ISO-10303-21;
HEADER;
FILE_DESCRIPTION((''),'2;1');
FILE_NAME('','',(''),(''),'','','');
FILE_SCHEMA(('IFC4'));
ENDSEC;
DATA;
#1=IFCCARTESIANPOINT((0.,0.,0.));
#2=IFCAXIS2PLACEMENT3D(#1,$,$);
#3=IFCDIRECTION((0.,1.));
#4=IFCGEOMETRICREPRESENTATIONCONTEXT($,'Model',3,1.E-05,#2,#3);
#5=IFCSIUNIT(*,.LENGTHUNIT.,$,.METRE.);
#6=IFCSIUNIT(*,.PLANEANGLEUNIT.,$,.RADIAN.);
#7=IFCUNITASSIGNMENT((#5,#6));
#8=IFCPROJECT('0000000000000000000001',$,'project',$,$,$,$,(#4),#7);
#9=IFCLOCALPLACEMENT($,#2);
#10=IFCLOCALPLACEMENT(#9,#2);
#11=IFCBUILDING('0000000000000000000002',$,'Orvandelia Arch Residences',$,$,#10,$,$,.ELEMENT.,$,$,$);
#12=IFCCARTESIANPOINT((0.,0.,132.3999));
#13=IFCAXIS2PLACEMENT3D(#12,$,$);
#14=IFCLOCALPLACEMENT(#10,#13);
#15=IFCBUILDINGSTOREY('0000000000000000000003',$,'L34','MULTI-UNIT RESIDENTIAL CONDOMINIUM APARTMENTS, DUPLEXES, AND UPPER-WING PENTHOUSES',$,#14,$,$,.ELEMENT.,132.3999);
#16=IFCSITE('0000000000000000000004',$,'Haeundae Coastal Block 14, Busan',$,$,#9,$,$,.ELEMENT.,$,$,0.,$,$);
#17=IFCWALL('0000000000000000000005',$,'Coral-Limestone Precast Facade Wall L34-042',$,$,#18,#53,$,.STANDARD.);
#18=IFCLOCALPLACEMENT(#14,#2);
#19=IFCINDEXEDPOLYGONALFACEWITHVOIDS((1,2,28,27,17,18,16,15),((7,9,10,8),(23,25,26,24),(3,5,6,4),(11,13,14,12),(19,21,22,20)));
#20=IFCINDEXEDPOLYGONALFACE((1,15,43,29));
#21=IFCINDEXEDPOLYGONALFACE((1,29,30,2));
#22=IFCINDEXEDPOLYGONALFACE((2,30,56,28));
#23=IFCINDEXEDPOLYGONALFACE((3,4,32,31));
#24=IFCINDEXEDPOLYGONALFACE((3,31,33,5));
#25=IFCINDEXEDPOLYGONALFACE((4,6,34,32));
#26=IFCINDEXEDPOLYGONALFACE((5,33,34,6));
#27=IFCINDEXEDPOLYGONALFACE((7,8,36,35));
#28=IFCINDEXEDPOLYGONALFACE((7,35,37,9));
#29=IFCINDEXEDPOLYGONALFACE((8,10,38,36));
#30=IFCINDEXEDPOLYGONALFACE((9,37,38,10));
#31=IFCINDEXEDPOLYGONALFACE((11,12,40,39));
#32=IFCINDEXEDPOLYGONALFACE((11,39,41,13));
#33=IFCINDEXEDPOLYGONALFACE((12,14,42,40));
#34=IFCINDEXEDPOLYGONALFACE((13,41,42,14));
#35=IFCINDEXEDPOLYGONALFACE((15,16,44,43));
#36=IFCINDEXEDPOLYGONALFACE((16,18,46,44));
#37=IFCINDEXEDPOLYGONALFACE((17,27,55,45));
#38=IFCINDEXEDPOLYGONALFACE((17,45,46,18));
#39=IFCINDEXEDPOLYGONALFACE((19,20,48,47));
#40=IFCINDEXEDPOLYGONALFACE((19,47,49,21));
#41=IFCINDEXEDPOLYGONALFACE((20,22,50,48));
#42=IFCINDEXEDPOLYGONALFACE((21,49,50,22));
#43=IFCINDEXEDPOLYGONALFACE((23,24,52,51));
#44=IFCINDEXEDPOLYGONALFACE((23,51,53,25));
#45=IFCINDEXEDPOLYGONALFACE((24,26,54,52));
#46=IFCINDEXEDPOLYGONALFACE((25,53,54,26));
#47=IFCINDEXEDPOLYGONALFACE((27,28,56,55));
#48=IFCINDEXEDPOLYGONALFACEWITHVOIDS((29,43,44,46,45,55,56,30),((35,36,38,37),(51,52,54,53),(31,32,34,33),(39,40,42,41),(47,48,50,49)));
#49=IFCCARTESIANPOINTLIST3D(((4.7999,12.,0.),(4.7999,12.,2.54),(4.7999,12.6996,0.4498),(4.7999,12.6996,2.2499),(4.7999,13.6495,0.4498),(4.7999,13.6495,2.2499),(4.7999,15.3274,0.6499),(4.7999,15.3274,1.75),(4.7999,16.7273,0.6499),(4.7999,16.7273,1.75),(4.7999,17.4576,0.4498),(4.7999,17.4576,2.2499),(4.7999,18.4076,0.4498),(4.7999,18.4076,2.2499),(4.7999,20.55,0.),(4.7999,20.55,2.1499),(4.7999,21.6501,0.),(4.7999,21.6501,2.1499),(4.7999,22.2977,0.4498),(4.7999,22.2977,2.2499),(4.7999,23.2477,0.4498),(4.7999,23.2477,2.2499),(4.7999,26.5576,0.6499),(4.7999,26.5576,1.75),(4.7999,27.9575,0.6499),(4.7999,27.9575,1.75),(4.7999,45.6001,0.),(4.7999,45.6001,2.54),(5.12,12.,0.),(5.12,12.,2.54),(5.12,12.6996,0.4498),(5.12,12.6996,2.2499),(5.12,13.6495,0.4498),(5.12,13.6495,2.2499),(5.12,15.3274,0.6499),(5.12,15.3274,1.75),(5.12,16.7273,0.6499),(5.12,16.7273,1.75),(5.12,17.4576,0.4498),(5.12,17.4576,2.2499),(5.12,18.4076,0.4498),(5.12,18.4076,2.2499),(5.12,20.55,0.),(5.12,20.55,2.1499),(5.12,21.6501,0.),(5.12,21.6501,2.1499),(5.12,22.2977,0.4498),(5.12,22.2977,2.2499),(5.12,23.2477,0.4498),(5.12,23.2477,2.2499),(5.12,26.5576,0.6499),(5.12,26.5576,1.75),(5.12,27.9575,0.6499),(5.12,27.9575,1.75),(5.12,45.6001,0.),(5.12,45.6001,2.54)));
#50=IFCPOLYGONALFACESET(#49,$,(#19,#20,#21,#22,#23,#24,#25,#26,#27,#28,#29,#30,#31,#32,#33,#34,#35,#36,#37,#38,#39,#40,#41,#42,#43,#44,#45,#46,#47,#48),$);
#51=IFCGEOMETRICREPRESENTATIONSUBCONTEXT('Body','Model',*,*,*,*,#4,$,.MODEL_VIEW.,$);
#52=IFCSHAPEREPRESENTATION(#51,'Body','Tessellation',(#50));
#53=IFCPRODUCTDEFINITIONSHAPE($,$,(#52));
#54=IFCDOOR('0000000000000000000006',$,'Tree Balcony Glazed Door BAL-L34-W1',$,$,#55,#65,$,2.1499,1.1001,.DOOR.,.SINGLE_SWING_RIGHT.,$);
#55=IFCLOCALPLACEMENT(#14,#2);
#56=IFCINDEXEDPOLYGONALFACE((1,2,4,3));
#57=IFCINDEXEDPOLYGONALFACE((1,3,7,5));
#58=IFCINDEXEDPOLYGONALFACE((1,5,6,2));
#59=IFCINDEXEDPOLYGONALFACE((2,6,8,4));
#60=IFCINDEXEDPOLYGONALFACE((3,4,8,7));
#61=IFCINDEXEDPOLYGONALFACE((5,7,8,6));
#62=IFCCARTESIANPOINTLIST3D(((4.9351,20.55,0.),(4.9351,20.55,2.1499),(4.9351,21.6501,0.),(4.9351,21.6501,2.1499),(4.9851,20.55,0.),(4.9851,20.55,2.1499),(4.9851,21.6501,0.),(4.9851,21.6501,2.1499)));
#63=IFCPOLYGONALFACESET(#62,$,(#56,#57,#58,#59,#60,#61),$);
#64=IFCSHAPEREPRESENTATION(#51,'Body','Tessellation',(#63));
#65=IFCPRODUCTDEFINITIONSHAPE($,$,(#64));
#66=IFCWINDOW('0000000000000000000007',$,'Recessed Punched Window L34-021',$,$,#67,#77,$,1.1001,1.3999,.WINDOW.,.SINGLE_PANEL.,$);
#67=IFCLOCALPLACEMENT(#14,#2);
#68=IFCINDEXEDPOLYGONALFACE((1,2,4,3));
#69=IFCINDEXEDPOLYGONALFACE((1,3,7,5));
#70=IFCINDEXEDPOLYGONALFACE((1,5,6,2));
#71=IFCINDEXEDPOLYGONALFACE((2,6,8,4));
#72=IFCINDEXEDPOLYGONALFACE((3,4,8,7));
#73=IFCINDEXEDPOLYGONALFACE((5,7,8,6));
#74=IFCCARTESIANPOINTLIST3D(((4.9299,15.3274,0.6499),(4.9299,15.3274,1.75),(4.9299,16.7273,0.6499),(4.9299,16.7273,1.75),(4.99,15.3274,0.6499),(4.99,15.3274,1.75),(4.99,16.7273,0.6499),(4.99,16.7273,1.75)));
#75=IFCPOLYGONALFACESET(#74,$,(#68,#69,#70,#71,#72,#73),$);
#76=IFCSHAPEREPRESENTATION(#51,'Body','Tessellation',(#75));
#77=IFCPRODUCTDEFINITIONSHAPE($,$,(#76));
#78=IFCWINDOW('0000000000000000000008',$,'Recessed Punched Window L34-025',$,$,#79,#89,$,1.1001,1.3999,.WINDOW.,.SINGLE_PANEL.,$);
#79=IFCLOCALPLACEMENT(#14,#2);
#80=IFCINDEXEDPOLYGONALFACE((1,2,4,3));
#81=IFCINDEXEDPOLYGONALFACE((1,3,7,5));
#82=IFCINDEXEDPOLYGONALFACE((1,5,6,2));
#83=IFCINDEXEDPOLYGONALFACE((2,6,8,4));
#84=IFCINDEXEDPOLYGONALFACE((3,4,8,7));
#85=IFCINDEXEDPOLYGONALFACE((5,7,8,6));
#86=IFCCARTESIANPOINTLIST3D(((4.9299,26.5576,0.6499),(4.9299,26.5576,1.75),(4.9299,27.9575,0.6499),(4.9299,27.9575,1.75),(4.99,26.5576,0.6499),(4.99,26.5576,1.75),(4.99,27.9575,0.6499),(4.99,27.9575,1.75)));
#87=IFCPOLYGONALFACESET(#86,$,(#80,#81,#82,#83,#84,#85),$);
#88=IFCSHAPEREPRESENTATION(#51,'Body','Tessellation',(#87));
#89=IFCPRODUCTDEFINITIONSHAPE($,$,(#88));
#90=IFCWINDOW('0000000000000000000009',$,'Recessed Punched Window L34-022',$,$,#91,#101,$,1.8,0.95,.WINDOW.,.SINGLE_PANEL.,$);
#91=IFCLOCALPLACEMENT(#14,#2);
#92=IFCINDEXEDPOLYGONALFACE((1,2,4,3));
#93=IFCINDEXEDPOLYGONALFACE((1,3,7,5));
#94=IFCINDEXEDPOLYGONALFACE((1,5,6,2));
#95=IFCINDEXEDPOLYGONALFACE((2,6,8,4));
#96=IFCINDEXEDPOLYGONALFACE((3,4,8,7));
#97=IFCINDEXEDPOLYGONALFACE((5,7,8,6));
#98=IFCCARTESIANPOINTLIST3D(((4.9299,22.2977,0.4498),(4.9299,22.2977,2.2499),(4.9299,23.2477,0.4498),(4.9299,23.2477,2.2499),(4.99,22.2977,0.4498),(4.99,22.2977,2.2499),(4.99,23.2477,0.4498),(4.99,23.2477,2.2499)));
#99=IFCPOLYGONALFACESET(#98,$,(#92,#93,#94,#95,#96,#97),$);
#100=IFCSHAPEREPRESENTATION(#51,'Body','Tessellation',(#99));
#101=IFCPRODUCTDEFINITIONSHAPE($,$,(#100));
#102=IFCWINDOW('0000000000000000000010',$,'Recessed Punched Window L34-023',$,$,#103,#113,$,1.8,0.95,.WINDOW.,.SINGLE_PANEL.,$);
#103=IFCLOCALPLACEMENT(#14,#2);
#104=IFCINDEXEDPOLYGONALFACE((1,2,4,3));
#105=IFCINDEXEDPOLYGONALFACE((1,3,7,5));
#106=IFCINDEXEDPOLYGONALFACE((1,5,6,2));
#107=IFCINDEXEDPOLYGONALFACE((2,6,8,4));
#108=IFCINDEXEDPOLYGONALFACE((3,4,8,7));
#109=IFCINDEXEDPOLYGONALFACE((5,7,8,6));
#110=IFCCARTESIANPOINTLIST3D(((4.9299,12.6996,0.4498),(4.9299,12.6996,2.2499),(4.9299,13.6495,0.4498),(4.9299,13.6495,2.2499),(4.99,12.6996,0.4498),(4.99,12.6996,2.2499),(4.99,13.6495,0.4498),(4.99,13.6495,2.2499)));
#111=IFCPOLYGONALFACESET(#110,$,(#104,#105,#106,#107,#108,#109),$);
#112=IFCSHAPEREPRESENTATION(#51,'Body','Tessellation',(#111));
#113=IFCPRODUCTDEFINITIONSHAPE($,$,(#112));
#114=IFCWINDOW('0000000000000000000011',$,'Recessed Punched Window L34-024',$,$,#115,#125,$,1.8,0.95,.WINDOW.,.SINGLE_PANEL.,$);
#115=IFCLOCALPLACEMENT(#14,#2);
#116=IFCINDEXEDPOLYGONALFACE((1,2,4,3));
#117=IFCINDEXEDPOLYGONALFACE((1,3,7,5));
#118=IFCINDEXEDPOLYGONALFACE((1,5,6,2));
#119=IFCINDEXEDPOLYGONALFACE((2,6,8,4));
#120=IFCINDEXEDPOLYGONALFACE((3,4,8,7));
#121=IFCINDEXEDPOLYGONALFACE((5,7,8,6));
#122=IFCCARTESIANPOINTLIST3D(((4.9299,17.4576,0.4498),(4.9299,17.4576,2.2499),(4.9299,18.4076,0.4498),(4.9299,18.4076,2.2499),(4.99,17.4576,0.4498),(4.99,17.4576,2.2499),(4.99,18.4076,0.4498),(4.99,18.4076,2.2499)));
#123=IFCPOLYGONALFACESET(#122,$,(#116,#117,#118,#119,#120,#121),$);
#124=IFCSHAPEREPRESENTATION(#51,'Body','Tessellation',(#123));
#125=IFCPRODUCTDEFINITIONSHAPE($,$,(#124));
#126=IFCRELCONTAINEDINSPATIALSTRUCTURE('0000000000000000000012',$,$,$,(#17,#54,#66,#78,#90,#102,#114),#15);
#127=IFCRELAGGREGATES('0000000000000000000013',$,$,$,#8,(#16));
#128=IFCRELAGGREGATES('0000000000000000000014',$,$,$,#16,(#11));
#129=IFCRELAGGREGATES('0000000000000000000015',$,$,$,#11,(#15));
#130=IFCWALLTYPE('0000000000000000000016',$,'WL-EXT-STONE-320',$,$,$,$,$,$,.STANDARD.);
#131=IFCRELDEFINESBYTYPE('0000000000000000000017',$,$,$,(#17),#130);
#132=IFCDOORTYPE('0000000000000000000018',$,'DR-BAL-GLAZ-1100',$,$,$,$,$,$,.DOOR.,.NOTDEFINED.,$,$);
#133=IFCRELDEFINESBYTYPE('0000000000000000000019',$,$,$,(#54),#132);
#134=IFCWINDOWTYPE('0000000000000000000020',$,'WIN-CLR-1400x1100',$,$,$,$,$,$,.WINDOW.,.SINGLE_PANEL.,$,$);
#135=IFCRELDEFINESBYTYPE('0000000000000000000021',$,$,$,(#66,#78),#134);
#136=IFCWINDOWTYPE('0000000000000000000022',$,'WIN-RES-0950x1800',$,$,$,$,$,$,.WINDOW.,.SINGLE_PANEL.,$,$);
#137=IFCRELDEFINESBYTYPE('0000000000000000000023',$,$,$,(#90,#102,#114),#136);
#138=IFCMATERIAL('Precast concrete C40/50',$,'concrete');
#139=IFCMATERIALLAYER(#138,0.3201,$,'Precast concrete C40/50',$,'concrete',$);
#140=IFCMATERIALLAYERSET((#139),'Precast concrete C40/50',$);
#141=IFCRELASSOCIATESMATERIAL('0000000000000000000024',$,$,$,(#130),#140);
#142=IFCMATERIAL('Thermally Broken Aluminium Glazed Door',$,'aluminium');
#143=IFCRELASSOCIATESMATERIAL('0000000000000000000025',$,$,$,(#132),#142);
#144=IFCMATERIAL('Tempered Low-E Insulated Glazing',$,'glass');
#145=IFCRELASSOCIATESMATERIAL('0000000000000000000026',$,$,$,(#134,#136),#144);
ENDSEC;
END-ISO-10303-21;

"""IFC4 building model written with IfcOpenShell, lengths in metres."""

from ifc_helpers import new_model, si_unit, direction, frame, frame_2d, origin, place, context, subcontext, project, spatial, rectangle, extrude, material, layer, layer_set, type_object, element, fill, save


model = new_model("IFC4")

# Units and contexts
model_context = context("Model", 3, precision=1e-05, world=origin(), true_north=direction((0.0, 1.0)))
body_context = subcontext(model_context, "Body", "Model", "MODEL_VIEW")
ifc_project = project(units=[si_unit("LENGTHUNIT", "METRE"), si_unit("PLANEANGLEUNIT", "RADIAN")], contexts=[model_context])

# Site, building, storey
site_placement = place(None, origin())
site = spatial("IfcSite", under=ifc_project, at=site_placement, Name="Haeundae Coastal Block 14, Busan", CompositionType="ELEMENT", RefElevation=0.0)
building_placement = place(site_placement, origin())
building = spatial("IfcBuilding", under=site, at=building_placement, Name="Orvandelia Arch Residences", CompositionType="ELEMENT")
storey_placement = place(building_placement, frame((0.0, 0.0, 132.3999)))
storey = spatial("IfcBuildingStorey", under=building, at=storey_placement, Name="L34", Description="MULTI-UNIT RESIDENTIAL CONDOMINIUM APARTMENTS, DUPLEXES, AND UPPER-WING PENTHOUSES", CompositionType="ELEMENT", Elevation=132.3999)

# Shared definitions
ifc_material_1 = material(Name="Precast concrete C40/50", Category="concrete")

# Shared definitions
ifc_layer_1 = layer(ifc_material_1, 0.3201, Name="Precast concrete C40/50", Category="concrete")
ifc_layer_set_1 = layer_set([ifc_layer_1], Name="Precast concrete C40/50")
wall_type_1 = type_object("IfcWallType", Name="WL-EXT-STONE-320", PredefinedType="STANDARD", material=ifc_layer_set_1)

# Wall, openings, door, windows
wall_1_placement = place(storey_placement, frame((4.96, 12.0, 0.0), z_axis=(0.0, 0.0, 1.0), x_axis=(0.0, 1.0, 0.0)))
wall_1 = element("IfcWall", 1, at=wall_1_placement, inside=storey, type_object=wall_type_1, Name="Coral-Limestone Precast Facade Wall L34-042", PredefinedType="STANDARD", context=body_context, shape_type="SweptSolid", body=[
    extrude(rectangle(XDim=33.6001, YDim=0.3201, at=frame_2d((16.8, 0.0))), origin(), (0.0, 0.0, 1.0), 2.54),
])
opening_1_placement = place(wall_1_placement, frame((8.55, 0.0, 0.0)))
opening_1 = element("IfcOpeningElement", 2, at=opening_1_placement, cuts=wall_1, PredefinedType="OPENING", context=body_context, shape_type="SweptSolid", body=[
    extrude(rectangle(XDim=1.1001, YDim=2.1499, at=frame_2d((0.55, 1.075))), frame((0.0, 0.1699, 0.0), z_axis=(0.0, -1.0, 0.0), x_axis=(1.0, 0.0, 0.0)), (0.0, 0.0, 1.0), 0.3401),
])
opening_2_placement = place(wall_1_placement, frame((3.3274, 0.0, 0.6499)))
opening_2 = element("IfcOpeningElement", 3, at=opening_2_placement, cuts=wall_1, PredefinedType="OPENING", context=body_context, shape_type="SweptSolid", body=[
    extrude(rectangle(XDim=1.3999, YDim=1.1001, at=frame_2d((0.7, 0.55))), frame((0.0, 0.1699, 0.0), z_axis=(0.0, -1.0, 0.0), x_axis=(1.0, 0.0, 0.0)), (0.0, 0.0, 1.0), 0.3401),
])
opening_3_placement = place(wall_1_placement, frame((10.2976, 0.0, 0.45)))
opening_3 = element("IfcOpeningElement", 4, at=opening_3_placement, cuts=wall_1, PredefinedType="OPENING", context=body_context, shape_type="SweptSolid", body=[
    extrude(rectangle(XDim=0.95, YDim=1.8, at=frame_2d((0.4751, 0.8999))), frame((0.0, 0.1699, 0.0), z_axis=(0.0, -1.0, 0.0), x_axis=(1.0, 0.0, 0.0)), (0.0, 0.0, 1.0), 0.3401),
])
opening_4_placement = place(wall_1_placement, frame((0.6995, 0.0, 0.45)))
opening_4 = element("IfcOpeningElement", 5, at=opening_4_placement, cuts=wall_1, PredefinedType="OPENING", context=body_context, shape_type="SweptSolid", body=[
    extrude(rectangle(XDim=0.95, YDim=1.8, at=frame_2d((0.4751, 0.8999))), frame((0.0, 0.1699, 0.0), z_axis=(0.0, -1.0, 0.0), x_axis=(1.0, 0.0, 0.0)), (0.0, 0.0, 1.0), 0.3401),
])
opening_5_placement = place(wall_1_placement, frame((5.4575, 0.0, 0.45)))
opening_5 = element("IfcOpeningElement", 6, at=opening_5_placement, cuts=wall_1, PredefinedType="OPENING", context=body_context, shape_type="SweptSolid", body=[
    extrude(rectangle(XDim=0.95, YDim=1.8, at=frame_2d((0.4751, 0.8999))), frame((0.0, 0.1699, 0.0), z_axis=(0.0, -1.0, 0.0), x_axis=(1.0, 0.0, 0.0)), (0.0, 0.0, 1.0), 0.3401),
])
opening_6_placement = place(wall_1_placement, frame((14.5576, 0.0, 0.6499)))
opening_6 = element("IfcOpeningElement", 7, at=opening_6_placement, cuts=wall_1, PredefinedType="OPENING", context=body_context, shape_type="SweptSolid", body=[
    extrude(rectangle(XDim=1.3999, YDim=1.1001, at=frame_2d((0.7, 0.55))), frame((0.0, 0.1699, 0.0), z_axis=(0.0, -1.0, 0.0), x_axis=(1.0, 0.0, 0.0)), (0.0, 0.0, 1.0), 0.3401),
])
ifc_material_2 = material(Name="Thermally Broken Aluminium Glazed Door", Category="aluminium")
door_type_1 = type_object("IfcDoorType", Name="DR-BAL-GLAZ-1100", OperationType="NOTDEFINED", PredefinedType="DOOR", material=ifc_material_2)
door_1_placement = place(opening_1_placement, origin())
door_1 = element("IfcDoor", 8, at=door_1_placement, inside=storey, type_object=door_type_1, Name="Tree Balcony Glazed Door BAL-L34-W1", OperationType="SINGLE_SWING_RIGHT", OverallHeight=2.1499, OverallWidth=1.1001, PredefinedType="DOOR", context=body_context, shape_type="SweptSolid", body=[
    extrude(rectangle(XDim=1.1001, YDim=2.1499, at=frame_2d((0.55, 1.075))), frame((0.0, 0.0249, 0.0), z_axis=(0.0, -1.0, 0.0), x_axis=(1.0, 0.0, 0.0)), (0.0, 0.0, 1.0), 0.05),
])
fill(opening_1, door_1)
ifc_material_3 = material(Name="Tempered Low-E Insulated Glazing", Category="glass")
window_type_1 = type_object("IfcWindowType", Name="WIN-CLR-1400x1100", PartitioningType="SINGLE_PANEL", PredefinedType="WINDOW", material=ifc_material_3)
window_1_placement = place(opening_2_placement, origin())
window_1 = element("IfcWindow", 9, at=window_1_placement, inside=storey, type_object=window_type_1, Name="Recessed Punched Window L34-021", OverallHeight=1.1001, OverallWidth=1.3999, PartitioningType="SINGLE_PANEL", PredefinedType="WINDOW", context=body_context, shape_type="SweptSolid", body=[
    extrude(rectangle(XDim=1.3999, YDim=1.1001, at=frame_2d((0.7, 0.55))), frame((0.0, 0.03, 0.0), z_axis=(0.0, -1.0, 0.0), x_axis=(1.0, 0.0, 0.0)), (0.0, 0.0, 1.0), 0.0601),
])
fill(opening_2, window_1)
window_2_placement = place(opening_6_placement, origin())
window_2 = element("IfcWindow", 10, at=window_2_placement, inside=storey, type_object=window_type_1, Name="Recessed Punched Window L34-025", OverallHeight=1.1001, OverallWidth=1.3999, PartitioningType="SINGLE_PANEL", PredefinedType="WINDOW", context=body_context, shape_type="SweptSolid", body=[
    extrude(rectangle(XDim=1.3999, YDim=1.1001, at=frame_2d((0.7, 0.55))), frame((0.0, 0.03, 0.0), z_axis=(0.0, -1.0, 0.0), x_axis=(1.0, 0.0, 0.0)), (0.0, 0.0, 1.0), 0.0601),
])
fill(opening_6, window_2)
window_type_2 = type_object("IfcWindowType", Name="WIN-RES-0950x1800", PartitioningType="SINGLE_PANEL", PredefinedType="WINDOW", material=ifc_material_3)
window_3_placement = place(opening_3_placement, origin())
window_3 = element("IfcWindow", 11, at=window_3_placement, inside=storey, type_object=window_type_2, Name="Recessed Punched Window L34-022", OverallHeight=1.8, OverallWidth=0.95, PartitioningType="SINGLE_PANEL", PredefinedType="WINDOW", context=body_context, shape_type="SweptSolid", body=[
    extrude(rectangle(XDim=0.95, YDim=1.8, at=frame_2d((0.4751, 0.8999))), frame((0.0, 0.03, 0.0), z_axis=(0.0, -1.0, 0.0), x_axis=(1.0, 0.0, 0.0)), (0.0, 0.0, 1.0), 0.0601),
])
fill(opening_3, window_3)
window_4_placement = place(opening_4_placement, origin())
window_4 = element("IfcWindow", 12, at=window_4_placement, inside=storey, type_object=window_type_2, Name="Recessed Punched Window L34-023", OverallHeight=1.8, OverallWidth=0.95, PartitioningType="SINGLE_PANEL", PredefinedType="WINDOW", context=body_context, shape_type="SweptSolid", body=[
    extrude(rectangle(XDim=0.95, YDim=1.8, at=frame_2d((0.4751, 0.8999))), frame((0.0, 0.03, 0.0), z_axis=(0.0, -1.0, 0.0), x_axis=(1.0, 0.0, 0.0)), (0.0, 0.0, 1.0), 0.0601),
])
fill(opening_4, window_4)
window_5_placement = place(opening_5_placement, origin())
window_5 = element("IfcWindow", 13, at=window_5_placement, inside=storey, type_object=window_type_2, Name="Recessed Punched Window L34-024", OverallHeight=1.8, OverallWidth=0.95, PartitioningType="SINGLE_PANEL", PredefinedType="WINDOW", context=body_context, shape_type="SweptSolid", body=[
    extrude(rectangle(XDim=0.95, YDim=1.8, at=frame_2d((0.4751, 0.8999))), frame((0.0, 0.03, 0.0), z_axis=(0.0, -1.0, 0.0), x_axis=(1.0, 0.0, 0.0)), (0.0, 0.0, 1.0), 0.0601),
])
fill(opening_5, window_5)

save(model, "model.ifc")
